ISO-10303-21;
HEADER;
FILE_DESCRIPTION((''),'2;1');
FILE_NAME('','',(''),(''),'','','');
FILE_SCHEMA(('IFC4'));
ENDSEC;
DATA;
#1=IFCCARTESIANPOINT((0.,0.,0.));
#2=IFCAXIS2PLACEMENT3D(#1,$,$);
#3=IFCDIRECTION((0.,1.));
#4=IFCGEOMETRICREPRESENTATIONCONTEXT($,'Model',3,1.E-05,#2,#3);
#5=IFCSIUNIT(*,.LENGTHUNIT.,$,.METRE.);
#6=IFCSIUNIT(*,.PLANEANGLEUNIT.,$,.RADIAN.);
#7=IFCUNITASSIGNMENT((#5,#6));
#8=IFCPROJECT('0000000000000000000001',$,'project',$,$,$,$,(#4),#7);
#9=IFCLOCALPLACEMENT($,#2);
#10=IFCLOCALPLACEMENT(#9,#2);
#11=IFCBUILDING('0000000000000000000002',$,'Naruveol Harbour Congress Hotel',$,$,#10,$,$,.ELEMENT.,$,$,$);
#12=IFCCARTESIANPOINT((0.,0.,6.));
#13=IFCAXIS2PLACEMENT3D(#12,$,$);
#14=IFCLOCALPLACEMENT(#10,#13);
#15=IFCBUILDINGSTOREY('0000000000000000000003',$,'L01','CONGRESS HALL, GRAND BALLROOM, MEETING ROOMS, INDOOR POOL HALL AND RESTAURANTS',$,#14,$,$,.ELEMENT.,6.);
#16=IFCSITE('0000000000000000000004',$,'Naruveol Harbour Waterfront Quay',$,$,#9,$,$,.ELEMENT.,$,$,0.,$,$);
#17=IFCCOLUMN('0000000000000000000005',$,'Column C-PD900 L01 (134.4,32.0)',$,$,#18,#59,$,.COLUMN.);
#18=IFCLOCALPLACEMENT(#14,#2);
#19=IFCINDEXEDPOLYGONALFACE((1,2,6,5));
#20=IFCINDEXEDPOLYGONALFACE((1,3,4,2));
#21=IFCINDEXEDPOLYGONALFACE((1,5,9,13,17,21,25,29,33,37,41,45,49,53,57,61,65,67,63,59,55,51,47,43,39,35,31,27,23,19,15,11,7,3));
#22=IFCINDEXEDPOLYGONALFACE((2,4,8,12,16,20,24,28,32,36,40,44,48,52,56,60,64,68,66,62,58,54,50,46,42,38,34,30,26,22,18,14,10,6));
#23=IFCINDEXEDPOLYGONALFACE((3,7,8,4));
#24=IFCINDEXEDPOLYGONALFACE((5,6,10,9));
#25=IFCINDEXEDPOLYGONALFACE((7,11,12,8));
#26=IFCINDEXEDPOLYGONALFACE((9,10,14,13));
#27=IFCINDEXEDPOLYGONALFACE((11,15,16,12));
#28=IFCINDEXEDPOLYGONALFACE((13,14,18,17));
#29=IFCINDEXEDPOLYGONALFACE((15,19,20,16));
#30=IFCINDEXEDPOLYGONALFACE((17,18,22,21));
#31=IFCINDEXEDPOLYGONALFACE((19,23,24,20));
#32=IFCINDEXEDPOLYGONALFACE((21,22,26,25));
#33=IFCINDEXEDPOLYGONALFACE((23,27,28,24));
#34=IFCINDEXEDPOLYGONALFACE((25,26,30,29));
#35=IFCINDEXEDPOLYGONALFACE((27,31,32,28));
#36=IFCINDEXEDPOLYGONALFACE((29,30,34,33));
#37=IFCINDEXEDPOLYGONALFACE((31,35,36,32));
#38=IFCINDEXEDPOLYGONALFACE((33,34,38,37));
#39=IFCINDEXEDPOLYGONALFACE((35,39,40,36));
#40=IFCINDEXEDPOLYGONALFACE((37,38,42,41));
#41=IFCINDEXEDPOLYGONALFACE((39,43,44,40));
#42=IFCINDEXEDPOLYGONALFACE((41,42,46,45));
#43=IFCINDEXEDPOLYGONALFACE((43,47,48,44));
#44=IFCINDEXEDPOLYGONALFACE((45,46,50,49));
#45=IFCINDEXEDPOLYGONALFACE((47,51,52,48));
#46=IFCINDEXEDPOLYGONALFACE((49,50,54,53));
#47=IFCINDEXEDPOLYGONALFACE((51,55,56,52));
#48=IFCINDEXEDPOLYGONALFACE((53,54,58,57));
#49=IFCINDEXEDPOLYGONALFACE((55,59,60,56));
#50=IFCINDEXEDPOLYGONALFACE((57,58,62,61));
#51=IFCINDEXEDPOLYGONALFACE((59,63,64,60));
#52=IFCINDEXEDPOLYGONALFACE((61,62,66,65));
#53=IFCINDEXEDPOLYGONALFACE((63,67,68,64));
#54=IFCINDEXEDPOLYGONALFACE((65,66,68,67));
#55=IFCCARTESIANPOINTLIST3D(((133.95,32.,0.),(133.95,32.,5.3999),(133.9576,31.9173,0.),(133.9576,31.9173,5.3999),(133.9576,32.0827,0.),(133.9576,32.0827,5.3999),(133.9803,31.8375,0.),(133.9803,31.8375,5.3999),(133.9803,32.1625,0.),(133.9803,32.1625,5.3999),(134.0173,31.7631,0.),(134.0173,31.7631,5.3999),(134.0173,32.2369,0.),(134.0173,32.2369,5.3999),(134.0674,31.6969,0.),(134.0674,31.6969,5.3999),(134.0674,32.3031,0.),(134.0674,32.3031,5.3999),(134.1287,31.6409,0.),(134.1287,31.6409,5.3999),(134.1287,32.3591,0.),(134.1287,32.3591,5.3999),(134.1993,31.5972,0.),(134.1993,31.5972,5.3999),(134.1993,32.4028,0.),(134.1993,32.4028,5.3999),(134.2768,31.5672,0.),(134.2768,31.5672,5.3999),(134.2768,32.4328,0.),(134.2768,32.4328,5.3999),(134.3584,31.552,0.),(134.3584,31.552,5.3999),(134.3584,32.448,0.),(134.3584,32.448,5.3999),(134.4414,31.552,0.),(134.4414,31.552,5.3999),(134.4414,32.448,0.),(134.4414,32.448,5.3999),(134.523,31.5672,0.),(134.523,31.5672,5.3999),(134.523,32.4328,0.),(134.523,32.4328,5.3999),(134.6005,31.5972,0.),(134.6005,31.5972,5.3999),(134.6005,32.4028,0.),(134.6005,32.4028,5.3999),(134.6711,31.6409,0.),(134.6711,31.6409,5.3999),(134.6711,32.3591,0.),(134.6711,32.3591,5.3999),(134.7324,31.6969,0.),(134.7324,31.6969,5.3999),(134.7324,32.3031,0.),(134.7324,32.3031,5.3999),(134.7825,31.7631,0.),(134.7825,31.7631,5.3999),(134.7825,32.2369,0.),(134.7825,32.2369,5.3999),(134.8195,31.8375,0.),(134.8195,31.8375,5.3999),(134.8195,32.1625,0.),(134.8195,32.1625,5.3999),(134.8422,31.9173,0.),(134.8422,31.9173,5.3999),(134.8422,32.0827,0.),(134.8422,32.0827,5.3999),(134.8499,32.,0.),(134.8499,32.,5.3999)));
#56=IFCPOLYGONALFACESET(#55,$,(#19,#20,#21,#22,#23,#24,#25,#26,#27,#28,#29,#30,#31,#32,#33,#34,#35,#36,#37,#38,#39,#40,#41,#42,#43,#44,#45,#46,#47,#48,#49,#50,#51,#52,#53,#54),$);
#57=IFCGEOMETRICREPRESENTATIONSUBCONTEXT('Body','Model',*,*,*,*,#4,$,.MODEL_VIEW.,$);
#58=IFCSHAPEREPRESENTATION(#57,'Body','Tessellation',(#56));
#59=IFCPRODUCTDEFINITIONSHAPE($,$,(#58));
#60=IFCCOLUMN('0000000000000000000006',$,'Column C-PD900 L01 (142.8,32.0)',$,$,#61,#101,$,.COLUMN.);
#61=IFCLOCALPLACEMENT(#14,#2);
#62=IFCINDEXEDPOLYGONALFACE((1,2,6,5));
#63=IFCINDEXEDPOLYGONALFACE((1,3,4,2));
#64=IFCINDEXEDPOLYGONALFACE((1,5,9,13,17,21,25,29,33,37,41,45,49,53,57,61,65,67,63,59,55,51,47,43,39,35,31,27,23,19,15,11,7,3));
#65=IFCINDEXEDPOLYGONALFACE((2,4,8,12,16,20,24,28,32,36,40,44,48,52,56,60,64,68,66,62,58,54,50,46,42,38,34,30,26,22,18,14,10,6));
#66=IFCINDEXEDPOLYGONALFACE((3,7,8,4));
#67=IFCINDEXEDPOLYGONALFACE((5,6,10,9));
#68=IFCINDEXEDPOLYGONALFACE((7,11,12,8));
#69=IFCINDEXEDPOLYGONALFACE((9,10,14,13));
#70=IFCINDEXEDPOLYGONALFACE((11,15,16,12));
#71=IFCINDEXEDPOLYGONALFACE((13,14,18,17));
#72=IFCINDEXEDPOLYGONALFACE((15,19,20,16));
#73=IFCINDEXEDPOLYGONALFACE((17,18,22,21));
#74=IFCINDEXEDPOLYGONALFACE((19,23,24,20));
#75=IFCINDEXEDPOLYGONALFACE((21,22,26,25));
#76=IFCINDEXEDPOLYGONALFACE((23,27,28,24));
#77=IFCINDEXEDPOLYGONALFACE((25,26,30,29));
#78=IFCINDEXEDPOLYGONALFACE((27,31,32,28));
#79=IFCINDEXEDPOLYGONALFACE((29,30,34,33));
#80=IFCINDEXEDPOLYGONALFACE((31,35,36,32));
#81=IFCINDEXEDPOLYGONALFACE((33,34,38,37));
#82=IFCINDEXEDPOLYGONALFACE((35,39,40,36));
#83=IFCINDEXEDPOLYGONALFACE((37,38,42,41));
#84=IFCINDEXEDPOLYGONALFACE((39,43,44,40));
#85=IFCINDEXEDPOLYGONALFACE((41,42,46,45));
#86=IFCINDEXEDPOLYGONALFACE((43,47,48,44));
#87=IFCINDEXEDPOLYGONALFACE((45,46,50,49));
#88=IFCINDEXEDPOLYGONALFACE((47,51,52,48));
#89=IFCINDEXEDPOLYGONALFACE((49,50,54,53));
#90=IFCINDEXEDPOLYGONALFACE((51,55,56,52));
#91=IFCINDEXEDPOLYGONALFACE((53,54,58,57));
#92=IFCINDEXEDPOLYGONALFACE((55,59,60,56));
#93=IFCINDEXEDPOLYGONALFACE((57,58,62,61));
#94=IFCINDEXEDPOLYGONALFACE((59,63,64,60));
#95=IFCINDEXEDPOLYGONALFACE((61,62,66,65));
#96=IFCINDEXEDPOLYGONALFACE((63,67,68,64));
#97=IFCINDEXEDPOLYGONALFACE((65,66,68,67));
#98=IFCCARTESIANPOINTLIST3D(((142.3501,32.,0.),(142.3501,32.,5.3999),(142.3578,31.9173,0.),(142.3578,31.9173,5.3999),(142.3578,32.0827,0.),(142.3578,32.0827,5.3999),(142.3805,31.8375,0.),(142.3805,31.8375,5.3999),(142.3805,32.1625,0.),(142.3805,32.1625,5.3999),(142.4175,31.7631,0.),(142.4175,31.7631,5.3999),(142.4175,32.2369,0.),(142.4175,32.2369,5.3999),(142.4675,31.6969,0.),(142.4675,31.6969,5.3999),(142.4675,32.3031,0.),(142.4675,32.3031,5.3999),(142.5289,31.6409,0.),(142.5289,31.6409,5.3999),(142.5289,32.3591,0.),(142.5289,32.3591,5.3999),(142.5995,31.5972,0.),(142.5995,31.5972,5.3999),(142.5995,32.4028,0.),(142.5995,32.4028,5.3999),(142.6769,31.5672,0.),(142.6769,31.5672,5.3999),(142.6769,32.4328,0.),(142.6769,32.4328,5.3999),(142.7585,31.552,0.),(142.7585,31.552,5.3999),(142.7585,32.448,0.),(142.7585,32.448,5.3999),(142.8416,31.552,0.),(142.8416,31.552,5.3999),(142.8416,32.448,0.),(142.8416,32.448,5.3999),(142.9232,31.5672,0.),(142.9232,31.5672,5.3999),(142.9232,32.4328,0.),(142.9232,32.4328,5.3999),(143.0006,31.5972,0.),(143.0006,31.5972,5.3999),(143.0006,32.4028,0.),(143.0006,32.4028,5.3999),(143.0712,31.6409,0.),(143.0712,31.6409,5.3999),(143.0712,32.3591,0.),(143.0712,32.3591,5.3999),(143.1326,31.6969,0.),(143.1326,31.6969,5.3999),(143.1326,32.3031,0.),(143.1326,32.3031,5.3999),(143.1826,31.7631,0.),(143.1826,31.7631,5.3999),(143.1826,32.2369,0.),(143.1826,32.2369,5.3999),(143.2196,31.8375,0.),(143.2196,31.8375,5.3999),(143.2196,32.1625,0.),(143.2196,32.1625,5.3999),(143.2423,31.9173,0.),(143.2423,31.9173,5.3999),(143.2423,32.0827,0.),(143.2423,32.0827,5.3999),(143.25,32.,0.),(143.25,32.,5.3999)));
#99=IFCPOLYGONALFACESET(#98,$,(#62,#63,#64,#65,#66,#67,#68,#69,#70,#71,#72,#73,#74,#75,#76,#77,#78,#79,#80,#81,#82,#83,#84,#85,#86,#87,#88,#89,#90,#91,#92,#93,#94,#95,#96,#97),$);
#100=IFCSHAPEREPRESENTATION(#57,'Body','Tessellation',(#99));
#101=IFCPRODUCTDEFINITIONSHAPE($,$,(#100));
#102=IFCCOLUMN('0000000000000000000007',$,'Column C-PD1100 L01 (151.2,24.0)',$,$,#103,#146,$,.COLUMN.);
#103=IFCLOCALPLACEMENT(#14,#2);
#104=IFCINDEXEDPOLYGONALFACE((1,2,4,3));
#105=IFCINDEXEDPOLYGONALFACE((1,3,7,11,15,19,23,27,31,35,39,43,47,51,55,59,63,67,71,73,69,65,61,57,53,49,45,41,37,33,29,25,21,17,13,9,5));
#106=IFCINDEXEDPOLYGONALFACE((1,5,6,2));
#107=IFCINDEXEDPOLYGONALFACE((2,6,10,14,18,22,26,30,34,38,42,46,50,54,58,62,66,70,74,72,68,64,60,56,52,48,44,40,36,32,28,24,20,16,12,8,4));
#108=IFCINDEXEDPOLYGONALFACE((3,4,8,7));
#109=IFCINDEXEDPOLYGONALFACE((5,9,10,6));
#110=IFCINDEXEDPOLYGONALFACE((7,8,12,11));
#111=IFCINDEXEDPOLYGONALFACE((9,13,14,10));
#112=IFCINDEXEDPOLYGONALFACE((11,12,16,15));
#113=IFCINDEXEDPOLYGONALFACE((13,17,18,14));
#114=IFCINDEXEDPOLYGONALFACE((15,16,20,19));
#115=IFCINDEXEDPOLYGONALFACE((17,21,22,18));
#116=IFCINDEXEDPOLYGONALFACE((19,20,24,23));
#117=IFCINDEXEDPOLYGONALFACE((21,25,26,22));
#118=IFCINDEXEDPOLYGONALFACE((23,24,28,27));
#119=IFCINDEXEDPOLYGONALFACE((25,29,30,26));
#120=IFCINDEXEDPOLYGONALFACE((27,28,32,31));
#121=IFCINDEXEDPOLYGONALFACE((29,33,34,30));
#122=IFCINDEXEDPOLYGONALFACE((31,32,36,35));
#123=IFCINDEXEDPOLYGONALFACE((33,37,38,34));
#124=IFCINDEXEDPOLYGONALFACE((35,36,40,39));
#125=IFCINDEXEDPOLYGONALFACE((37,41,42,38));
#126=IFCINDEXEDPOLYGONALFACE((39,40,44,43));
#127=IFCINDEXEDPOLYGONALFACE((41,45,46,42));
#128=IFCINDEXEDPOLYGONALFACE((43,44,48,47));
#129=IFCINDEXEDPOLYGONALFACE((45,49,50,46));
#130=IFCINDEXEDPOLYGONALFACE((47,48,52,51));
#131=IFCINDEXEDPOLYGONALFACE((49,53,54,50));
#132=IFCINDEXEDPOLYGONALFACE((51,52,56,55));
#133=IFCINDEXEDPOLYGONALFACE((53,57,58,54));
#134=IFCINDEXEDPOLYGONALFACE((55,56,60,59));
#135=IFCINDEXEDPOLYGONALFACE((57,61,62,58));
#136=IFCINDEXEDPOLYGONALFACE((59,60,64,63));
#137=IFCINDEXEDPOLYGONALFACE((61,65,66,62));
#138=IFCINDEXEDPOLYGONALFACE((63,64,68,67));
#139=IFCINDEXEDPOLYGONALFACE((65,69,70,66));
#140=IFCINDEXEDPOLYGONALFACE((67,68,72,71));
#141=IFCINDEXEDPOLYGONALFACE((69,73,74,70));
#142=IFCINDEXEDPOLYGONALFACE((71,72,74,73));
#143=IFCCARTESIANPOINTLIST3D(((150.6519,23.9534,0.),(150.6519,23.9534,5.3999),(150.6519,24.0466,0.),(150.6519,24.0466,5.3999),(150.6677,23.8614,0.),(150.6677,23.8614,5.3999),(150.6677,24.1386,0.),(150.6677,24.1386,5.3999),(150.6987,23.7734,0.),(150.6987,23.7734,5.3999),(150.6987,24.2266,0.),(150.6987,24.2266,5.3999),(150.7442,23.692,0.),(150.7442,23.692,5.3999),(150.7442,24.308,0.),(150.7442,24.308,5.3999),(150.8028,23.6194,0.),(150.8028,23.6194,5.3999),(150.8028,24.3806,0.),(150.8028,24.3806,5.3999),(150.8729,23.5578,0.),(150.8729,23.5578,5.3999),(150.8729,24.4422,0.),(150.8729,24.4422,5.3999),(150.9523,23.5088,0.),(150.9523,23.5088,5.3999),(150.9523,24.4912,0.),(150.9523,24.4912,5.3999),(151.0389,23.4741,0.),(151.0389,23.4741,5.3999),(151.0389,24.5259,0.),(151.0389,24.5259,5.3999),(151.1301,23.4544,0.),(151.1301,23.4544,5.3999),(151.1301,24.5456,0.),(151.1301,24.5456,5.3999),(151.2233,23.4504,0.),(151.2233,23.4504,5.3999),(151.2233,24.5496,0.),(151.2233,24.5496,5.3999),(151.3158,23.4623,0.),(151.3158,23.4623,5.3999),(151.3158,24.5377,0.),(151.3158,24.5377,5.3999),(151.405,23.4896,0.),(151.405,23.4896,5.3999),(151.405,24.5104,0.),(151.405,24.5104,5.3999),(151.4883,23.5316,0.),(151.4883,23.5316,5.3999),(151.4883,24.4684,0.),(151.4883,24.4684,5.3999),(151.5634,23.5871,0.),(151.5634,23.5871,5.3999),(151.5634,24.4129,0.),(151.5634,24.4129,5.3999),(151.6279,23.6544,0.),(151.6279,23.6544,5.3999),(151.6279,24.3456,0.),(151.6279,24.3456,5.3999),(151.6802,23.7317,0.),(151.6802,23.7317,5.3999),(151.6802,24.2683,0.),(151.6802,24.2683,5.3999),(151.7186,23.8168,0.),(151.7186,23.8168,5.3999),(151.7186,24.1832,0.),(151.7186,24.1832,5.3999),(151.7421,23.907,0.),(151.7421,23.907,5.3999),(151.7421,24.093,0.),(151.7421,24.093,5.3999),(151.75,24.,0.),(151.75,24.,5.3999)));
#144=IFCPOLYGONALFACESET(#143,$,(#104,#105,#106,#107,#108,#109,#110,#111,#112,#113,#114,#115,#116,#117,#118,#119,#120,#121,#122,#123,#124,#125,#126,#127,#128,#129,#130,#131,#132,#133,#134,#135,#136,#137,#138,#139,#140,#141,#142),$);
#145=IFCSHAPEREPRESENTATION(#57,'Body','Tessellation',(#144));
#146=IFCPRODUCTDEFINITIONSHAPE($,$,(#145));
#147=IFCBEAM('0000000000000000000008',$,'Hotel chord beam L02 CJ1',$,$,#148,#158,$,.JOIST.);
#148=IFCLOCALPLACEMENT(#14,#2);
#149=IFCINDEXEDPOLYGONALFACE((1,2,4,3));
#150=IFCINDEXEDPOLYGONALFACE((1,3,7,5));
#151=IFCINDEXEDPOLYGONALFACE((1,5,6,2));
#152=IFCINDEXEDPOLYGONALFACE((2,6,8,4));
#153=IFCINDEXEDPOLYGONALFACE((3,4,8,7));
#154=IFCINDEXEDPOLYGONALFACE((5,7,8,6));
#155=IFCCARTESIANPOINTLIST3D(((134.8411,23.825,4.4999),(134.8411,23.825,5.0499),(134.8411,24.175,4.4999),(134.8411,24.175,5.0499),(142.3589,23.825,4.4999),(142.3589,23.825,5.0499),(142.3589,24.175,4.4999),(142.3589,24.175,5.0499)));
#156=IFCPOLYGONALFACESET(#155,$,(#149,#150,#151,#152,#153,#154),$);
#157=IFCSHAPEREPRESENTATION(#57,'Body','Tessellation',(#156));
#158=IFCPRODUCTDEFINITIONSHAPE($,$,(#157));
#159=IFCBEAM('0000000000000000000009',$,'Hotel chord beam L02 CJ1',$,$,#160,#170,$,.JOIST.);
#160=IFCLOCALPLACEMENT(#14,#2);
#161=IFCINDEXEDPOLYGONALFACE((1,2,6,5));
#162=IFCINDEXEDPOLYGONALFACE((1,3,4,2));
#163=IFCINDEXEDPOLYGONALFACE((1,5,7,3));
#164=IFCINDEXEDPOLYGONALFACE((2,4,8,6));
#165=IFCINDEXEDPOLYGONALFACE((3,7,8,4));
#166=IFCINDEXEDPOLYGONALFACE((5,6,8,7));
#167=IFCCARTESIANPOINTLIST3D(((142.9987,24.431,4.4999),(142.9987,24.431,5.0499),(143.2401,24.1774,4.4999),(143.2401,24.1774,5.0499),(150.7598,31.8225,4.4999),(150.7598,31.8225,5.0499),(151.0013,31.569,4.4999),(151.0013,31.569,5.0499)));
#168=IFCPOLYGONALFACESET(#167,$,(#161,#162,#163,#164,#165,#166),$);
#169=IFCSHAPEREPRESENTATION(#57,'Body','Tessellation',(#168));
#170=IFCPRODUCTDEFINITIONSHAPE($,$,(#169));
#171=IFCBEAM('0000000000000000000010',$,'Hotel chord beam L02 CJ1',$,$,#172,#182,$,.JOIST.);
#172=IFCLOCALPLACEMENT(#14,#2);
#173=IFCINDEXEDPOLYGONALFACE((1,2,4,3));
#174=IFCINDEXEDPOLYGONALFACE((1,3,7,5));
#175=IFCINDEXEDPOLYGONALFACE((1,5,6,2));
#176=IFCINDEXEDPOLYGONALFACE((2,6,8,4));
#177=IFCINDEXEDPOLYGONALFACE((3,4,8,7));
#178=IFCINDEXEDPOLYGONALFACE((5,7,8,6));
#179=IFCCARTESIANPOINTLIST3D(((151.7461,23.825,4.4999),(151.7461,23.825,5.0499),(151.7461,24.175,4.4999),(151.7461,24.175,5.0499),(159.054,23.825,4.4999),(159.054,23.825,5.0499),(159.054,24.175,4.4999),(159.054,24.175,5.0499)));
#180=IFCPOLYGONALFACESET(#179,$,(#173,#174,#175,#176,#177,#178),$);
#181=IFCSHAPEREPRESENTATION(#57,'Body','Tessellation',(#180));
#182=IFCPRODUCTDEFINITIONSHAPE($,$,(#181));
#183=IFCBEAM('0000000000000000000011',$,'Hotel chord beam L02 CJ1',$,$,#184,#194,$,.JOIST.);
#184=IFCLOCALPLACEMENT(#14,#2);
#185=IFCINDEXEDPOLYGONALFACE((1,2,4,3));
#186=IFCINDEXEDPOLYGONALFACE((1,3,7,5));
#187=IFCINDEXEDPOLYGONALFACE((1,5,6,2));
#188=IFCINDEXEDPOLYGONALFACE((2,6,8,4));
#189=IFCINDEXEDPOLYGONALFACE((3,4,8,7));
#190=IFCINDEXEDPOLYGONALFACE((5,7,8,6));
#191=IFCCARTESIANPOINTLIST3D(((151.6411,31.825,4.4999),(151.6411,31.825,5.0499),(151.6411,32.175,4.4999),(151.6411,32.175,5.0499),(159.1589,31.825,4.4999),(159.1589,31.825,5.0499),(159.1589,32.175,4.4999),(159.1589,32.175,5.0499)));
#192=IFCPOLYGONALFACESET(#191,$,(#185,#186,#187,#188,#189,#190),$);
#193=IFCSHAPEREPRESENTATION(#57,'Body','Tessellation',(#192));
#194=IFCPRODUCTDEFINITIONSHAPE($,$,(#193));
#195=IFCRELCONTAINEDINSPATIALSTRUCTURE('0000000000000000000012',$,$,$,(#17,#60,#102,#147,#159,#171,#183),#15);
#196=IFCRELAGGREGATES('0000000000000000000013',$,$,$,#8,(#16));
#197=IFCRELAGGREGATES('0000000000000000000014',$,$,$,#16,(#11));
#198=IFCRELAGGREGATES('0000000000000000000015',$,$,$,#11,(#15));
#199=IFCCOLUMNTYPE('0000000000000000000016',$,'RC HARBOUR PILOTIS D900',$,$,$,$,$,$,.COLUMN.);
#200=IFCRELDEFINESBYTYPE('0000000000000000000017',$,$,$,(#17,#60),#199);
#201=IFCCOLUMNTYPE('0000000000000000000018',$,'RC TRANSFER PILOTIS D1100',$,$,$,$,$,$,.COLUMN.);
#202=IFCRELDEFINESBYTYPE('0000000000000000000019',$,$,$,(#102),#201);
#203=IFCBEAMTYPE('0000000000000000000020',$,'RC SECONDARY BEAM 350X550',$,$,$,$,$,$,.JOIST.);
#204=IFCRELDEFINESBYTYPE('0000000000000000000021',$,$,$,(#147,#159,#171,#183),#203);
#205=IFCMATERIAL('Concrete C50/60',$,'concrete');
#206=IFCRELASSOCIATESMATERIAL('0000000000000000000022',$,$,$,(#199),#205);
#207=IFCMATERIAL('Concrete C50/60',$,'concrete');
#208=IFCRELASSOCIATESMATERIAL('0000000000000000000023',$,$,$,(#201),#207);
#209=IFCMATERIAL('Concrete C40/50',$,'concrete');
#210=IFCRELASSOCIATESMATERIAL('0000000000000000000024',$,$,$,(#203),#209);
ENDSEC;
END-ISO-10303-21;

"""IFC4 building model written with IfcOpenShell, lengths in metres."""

from ifc_helpers import new_model, si_unit, direction, frame, origin, origin_2d, place, context, subcontext, project, spatial, rectangle, circle, extrude, material, material_profile, profile_set, type_object, element, save


model = new_model("IFC4")

# Units and contexts
model_context = context("Model", 3, precision=1e-05, world=origin(), true_north=direction((0.0, 1.0)))
body_context = subcontext(model_context, "Body", "Model", "MODEL_VIEW")
ifc_project = project(units=[si_unit("LENGTHUNIT", "METRE"), si_unit("PLANEANGLEUNIT", "RADIAN")], contexts=[model_context])

# Site, building, storey
site_placement = place(None, origin())
site = spatial("IfcSite", under=ifc_project, at=site_placement, Name="Naruveol Harbour Waterfront Quay", CompositionType="ELEMENT", RefElevation=0.0)
building_placement = place(site_placement, origin())
building = spatial("IfcBuilding", under=site, at=building_placement, Name="Naruveol Harbour Congress Hotel", CompositionType="ELEMENT")
storey_placement = place(building_placement, frame((0.0, 0.0, 6.0)))
storey = spatial("IfcBuildingStorey", under=building, at=storey_placement, Name="L01", Description="CONGRESS HALL, GRAND BALLROOM, MEETING ROOMS, INDOOR POOL HALL AND RESTAURANTS", CompositionType="ELEMENT", Elevation=6.0)

# Columns
ifc_material_1 = material(Name="Concrete C50/60", Category="concrete")
ifc_material_profile_1 = material_profile(ifc_material_1, circle(Radius=0.45, at=origin_2d()), Name="RC-D900")
ifc_profile_set_1 = profile_set([ifc_material_profile_1], Name="Concrete C50/60")
column_type_1 = type_object("IfcColumnType", Name="RC HARBOUR PILOTIS D900", PredefinedType="COLUMN", material=ifc_profile_set_1)
for number, where, z_axis, x_axis, name in (
    (1, (134.3999, 32.0, 0.0), (0.0, 0.0, 1.0), (1.0, 0.0, 0.0), "Column C-PD900 L01 (134.4,32.0)"),
    (2, (142.8, 32.0, 0.0), (0.0, 0.0, 1.0), (1.0, 0.0, 0.0), "Column C-PD900 L01 (142.8,32.0)"),
):
    element("IfcColumn", number, at=place(storey_placement, frame(where, z_axis=z_axis, x_axis=x_axis)), inside=storey, type_object=column_type_1, Name=name, PredefinedType="COLUMN", context=body_context, shape_type="SweptSolid", body=[
        extrude(circle(Radius=0.45, at=origin_2d()), origin(), (0.0, 0.0, 1.0), 5.3999),
    ])
ifc_material_2 = material(Name="Concrete C50/60", Category="concrete")
ifc_material_profile_2 = material_profile(ifc_material_2, circle(Radius=0.55, at=origin_2d()), Name="RC-D1100")
ifc_profile_set_2 = profile_set([ifc_material_profile_2], Name="Concrete C50/60")
column_type_2 = type_object("IfcColumnType", Name="RC TRANSFER PILOTIS D1100", PredefinedType="COLUMN", material=ifc_profile_set_2)
column_placement = place(storey_placement, frame((151.2, 24.0, 0.0), z_axis=(0.0, 0.0, 1.0), x_axis=(1.0, 0.0, 0.0)))
element("IfcColumn", 3, at=column_placement, inside=storey, type_object=column_type_2, Name="Column C-PD1100 L01 (151.2,24.0)", PredefinedType="COLUMN", context=body_context, shape_type="SweptSolid", body=[
    extrude(circle(Radius=0.55, at=origin_2d()), origin(), (0.0, 0.0, 1.0), 5.3999),
])

# Beams
ifc_material_3 = material(Name="Concrete C40/50", Category="concrete")
ifc_material_profile_3 = material_profile(ifc_material_3, rectangle(XDim=0.3501, YDim=0.55, at=origin_2d()), Name="RCB-350x550")
ifc_profile_set_3 = profile_set([ifc_material_profile_3], Name="Concrete C40/50")
beam_type_1 = type_object("IfcBeamType", Name="RC SECONDARY BEAM 350X550", PredefinedType="JOIST", material=ifc_profile_set_3)
beam_1_placement = place(storey_placement, frame((134.8411, 24.0, 4.7749), z_axis=(1.0, 0.0, 0.0), x_axis=(0.0, 1.0, 0.0)))
element("IfcBeam", 4, at=beam_1_placement, inside=storey, type_object=beam_type_1, Name="Hotel chord beam L02 CJ1", PredefinedType="JOIST", context=body_context, shape_type="SweptSolid", body=[
    extrude(rectangle(XDim=0.3501, YDim=0.55, at=origin_2d()), origin(), (0.0, 0.0, 1.0), 7.5178),
])
beam_2_placement = place(storey_placement, frame((143.1194, 24.3042, 4.7749), z_axis=(0.72414, 0.689653, 0.0), x_axis=(-0.689653, 0.72414, 0.0)))
element("IfcBeam", 5, at=beam_2_placement, inside=storey, type_object=beam_type_1, Name="Hotel chord beam L02 CJ1", PredefinedType="JOIST", context=body_context, shape_type="SweptSolid", body=[
    extrude(rectangle(XDim=0.3501, YDim=0.55, at=origin_2d()), origin(), (0.0, 0.0, 1.0), 10.7178),
])
beam_3_placement = place(storey_placement, frame((151.7461, 24.0, 4.7749), z_axis=(1.0, 0.0, 0.0), x_axis=(0.0, 1.0, 0.0)))
element("IfcBeam", 6, at=beam_3_placement, inside=storey, type_object=beam_type_1, Name="Hotel chord beam L02 CJ1", PredefinedType="JOIST", context=body_context, shape_type="SweptSolid", body=[
    extrude(rectangle(XDim=0.3501, YDim=0.55, at=origin_2d()), origin(), (0.0, 0.0, 1.0), 7.3079),
])
beam_4_placement = place(storey_placement, frame((151.6411, 32.0, 4.7749), z_axis=(1.0, 0.0, 0.0), x_axis=(0.0, 1.0, 0.0)))
element("IfcBeam", 7, at=beam_4_placement, inside=storey, type_object=beam_type_1, Name="Hotel chord beam L02 CJ1", PredefinedType="JOIST", context=body_context, shape_type="SweptSolid", body=[
    extrude(rectangle(XDim=0.3501, YDim=0.55, at=origin_2d()), origin(), (0.0, 0.0, 1.0), 7.5178),
])

save(model, "model.ifc")
